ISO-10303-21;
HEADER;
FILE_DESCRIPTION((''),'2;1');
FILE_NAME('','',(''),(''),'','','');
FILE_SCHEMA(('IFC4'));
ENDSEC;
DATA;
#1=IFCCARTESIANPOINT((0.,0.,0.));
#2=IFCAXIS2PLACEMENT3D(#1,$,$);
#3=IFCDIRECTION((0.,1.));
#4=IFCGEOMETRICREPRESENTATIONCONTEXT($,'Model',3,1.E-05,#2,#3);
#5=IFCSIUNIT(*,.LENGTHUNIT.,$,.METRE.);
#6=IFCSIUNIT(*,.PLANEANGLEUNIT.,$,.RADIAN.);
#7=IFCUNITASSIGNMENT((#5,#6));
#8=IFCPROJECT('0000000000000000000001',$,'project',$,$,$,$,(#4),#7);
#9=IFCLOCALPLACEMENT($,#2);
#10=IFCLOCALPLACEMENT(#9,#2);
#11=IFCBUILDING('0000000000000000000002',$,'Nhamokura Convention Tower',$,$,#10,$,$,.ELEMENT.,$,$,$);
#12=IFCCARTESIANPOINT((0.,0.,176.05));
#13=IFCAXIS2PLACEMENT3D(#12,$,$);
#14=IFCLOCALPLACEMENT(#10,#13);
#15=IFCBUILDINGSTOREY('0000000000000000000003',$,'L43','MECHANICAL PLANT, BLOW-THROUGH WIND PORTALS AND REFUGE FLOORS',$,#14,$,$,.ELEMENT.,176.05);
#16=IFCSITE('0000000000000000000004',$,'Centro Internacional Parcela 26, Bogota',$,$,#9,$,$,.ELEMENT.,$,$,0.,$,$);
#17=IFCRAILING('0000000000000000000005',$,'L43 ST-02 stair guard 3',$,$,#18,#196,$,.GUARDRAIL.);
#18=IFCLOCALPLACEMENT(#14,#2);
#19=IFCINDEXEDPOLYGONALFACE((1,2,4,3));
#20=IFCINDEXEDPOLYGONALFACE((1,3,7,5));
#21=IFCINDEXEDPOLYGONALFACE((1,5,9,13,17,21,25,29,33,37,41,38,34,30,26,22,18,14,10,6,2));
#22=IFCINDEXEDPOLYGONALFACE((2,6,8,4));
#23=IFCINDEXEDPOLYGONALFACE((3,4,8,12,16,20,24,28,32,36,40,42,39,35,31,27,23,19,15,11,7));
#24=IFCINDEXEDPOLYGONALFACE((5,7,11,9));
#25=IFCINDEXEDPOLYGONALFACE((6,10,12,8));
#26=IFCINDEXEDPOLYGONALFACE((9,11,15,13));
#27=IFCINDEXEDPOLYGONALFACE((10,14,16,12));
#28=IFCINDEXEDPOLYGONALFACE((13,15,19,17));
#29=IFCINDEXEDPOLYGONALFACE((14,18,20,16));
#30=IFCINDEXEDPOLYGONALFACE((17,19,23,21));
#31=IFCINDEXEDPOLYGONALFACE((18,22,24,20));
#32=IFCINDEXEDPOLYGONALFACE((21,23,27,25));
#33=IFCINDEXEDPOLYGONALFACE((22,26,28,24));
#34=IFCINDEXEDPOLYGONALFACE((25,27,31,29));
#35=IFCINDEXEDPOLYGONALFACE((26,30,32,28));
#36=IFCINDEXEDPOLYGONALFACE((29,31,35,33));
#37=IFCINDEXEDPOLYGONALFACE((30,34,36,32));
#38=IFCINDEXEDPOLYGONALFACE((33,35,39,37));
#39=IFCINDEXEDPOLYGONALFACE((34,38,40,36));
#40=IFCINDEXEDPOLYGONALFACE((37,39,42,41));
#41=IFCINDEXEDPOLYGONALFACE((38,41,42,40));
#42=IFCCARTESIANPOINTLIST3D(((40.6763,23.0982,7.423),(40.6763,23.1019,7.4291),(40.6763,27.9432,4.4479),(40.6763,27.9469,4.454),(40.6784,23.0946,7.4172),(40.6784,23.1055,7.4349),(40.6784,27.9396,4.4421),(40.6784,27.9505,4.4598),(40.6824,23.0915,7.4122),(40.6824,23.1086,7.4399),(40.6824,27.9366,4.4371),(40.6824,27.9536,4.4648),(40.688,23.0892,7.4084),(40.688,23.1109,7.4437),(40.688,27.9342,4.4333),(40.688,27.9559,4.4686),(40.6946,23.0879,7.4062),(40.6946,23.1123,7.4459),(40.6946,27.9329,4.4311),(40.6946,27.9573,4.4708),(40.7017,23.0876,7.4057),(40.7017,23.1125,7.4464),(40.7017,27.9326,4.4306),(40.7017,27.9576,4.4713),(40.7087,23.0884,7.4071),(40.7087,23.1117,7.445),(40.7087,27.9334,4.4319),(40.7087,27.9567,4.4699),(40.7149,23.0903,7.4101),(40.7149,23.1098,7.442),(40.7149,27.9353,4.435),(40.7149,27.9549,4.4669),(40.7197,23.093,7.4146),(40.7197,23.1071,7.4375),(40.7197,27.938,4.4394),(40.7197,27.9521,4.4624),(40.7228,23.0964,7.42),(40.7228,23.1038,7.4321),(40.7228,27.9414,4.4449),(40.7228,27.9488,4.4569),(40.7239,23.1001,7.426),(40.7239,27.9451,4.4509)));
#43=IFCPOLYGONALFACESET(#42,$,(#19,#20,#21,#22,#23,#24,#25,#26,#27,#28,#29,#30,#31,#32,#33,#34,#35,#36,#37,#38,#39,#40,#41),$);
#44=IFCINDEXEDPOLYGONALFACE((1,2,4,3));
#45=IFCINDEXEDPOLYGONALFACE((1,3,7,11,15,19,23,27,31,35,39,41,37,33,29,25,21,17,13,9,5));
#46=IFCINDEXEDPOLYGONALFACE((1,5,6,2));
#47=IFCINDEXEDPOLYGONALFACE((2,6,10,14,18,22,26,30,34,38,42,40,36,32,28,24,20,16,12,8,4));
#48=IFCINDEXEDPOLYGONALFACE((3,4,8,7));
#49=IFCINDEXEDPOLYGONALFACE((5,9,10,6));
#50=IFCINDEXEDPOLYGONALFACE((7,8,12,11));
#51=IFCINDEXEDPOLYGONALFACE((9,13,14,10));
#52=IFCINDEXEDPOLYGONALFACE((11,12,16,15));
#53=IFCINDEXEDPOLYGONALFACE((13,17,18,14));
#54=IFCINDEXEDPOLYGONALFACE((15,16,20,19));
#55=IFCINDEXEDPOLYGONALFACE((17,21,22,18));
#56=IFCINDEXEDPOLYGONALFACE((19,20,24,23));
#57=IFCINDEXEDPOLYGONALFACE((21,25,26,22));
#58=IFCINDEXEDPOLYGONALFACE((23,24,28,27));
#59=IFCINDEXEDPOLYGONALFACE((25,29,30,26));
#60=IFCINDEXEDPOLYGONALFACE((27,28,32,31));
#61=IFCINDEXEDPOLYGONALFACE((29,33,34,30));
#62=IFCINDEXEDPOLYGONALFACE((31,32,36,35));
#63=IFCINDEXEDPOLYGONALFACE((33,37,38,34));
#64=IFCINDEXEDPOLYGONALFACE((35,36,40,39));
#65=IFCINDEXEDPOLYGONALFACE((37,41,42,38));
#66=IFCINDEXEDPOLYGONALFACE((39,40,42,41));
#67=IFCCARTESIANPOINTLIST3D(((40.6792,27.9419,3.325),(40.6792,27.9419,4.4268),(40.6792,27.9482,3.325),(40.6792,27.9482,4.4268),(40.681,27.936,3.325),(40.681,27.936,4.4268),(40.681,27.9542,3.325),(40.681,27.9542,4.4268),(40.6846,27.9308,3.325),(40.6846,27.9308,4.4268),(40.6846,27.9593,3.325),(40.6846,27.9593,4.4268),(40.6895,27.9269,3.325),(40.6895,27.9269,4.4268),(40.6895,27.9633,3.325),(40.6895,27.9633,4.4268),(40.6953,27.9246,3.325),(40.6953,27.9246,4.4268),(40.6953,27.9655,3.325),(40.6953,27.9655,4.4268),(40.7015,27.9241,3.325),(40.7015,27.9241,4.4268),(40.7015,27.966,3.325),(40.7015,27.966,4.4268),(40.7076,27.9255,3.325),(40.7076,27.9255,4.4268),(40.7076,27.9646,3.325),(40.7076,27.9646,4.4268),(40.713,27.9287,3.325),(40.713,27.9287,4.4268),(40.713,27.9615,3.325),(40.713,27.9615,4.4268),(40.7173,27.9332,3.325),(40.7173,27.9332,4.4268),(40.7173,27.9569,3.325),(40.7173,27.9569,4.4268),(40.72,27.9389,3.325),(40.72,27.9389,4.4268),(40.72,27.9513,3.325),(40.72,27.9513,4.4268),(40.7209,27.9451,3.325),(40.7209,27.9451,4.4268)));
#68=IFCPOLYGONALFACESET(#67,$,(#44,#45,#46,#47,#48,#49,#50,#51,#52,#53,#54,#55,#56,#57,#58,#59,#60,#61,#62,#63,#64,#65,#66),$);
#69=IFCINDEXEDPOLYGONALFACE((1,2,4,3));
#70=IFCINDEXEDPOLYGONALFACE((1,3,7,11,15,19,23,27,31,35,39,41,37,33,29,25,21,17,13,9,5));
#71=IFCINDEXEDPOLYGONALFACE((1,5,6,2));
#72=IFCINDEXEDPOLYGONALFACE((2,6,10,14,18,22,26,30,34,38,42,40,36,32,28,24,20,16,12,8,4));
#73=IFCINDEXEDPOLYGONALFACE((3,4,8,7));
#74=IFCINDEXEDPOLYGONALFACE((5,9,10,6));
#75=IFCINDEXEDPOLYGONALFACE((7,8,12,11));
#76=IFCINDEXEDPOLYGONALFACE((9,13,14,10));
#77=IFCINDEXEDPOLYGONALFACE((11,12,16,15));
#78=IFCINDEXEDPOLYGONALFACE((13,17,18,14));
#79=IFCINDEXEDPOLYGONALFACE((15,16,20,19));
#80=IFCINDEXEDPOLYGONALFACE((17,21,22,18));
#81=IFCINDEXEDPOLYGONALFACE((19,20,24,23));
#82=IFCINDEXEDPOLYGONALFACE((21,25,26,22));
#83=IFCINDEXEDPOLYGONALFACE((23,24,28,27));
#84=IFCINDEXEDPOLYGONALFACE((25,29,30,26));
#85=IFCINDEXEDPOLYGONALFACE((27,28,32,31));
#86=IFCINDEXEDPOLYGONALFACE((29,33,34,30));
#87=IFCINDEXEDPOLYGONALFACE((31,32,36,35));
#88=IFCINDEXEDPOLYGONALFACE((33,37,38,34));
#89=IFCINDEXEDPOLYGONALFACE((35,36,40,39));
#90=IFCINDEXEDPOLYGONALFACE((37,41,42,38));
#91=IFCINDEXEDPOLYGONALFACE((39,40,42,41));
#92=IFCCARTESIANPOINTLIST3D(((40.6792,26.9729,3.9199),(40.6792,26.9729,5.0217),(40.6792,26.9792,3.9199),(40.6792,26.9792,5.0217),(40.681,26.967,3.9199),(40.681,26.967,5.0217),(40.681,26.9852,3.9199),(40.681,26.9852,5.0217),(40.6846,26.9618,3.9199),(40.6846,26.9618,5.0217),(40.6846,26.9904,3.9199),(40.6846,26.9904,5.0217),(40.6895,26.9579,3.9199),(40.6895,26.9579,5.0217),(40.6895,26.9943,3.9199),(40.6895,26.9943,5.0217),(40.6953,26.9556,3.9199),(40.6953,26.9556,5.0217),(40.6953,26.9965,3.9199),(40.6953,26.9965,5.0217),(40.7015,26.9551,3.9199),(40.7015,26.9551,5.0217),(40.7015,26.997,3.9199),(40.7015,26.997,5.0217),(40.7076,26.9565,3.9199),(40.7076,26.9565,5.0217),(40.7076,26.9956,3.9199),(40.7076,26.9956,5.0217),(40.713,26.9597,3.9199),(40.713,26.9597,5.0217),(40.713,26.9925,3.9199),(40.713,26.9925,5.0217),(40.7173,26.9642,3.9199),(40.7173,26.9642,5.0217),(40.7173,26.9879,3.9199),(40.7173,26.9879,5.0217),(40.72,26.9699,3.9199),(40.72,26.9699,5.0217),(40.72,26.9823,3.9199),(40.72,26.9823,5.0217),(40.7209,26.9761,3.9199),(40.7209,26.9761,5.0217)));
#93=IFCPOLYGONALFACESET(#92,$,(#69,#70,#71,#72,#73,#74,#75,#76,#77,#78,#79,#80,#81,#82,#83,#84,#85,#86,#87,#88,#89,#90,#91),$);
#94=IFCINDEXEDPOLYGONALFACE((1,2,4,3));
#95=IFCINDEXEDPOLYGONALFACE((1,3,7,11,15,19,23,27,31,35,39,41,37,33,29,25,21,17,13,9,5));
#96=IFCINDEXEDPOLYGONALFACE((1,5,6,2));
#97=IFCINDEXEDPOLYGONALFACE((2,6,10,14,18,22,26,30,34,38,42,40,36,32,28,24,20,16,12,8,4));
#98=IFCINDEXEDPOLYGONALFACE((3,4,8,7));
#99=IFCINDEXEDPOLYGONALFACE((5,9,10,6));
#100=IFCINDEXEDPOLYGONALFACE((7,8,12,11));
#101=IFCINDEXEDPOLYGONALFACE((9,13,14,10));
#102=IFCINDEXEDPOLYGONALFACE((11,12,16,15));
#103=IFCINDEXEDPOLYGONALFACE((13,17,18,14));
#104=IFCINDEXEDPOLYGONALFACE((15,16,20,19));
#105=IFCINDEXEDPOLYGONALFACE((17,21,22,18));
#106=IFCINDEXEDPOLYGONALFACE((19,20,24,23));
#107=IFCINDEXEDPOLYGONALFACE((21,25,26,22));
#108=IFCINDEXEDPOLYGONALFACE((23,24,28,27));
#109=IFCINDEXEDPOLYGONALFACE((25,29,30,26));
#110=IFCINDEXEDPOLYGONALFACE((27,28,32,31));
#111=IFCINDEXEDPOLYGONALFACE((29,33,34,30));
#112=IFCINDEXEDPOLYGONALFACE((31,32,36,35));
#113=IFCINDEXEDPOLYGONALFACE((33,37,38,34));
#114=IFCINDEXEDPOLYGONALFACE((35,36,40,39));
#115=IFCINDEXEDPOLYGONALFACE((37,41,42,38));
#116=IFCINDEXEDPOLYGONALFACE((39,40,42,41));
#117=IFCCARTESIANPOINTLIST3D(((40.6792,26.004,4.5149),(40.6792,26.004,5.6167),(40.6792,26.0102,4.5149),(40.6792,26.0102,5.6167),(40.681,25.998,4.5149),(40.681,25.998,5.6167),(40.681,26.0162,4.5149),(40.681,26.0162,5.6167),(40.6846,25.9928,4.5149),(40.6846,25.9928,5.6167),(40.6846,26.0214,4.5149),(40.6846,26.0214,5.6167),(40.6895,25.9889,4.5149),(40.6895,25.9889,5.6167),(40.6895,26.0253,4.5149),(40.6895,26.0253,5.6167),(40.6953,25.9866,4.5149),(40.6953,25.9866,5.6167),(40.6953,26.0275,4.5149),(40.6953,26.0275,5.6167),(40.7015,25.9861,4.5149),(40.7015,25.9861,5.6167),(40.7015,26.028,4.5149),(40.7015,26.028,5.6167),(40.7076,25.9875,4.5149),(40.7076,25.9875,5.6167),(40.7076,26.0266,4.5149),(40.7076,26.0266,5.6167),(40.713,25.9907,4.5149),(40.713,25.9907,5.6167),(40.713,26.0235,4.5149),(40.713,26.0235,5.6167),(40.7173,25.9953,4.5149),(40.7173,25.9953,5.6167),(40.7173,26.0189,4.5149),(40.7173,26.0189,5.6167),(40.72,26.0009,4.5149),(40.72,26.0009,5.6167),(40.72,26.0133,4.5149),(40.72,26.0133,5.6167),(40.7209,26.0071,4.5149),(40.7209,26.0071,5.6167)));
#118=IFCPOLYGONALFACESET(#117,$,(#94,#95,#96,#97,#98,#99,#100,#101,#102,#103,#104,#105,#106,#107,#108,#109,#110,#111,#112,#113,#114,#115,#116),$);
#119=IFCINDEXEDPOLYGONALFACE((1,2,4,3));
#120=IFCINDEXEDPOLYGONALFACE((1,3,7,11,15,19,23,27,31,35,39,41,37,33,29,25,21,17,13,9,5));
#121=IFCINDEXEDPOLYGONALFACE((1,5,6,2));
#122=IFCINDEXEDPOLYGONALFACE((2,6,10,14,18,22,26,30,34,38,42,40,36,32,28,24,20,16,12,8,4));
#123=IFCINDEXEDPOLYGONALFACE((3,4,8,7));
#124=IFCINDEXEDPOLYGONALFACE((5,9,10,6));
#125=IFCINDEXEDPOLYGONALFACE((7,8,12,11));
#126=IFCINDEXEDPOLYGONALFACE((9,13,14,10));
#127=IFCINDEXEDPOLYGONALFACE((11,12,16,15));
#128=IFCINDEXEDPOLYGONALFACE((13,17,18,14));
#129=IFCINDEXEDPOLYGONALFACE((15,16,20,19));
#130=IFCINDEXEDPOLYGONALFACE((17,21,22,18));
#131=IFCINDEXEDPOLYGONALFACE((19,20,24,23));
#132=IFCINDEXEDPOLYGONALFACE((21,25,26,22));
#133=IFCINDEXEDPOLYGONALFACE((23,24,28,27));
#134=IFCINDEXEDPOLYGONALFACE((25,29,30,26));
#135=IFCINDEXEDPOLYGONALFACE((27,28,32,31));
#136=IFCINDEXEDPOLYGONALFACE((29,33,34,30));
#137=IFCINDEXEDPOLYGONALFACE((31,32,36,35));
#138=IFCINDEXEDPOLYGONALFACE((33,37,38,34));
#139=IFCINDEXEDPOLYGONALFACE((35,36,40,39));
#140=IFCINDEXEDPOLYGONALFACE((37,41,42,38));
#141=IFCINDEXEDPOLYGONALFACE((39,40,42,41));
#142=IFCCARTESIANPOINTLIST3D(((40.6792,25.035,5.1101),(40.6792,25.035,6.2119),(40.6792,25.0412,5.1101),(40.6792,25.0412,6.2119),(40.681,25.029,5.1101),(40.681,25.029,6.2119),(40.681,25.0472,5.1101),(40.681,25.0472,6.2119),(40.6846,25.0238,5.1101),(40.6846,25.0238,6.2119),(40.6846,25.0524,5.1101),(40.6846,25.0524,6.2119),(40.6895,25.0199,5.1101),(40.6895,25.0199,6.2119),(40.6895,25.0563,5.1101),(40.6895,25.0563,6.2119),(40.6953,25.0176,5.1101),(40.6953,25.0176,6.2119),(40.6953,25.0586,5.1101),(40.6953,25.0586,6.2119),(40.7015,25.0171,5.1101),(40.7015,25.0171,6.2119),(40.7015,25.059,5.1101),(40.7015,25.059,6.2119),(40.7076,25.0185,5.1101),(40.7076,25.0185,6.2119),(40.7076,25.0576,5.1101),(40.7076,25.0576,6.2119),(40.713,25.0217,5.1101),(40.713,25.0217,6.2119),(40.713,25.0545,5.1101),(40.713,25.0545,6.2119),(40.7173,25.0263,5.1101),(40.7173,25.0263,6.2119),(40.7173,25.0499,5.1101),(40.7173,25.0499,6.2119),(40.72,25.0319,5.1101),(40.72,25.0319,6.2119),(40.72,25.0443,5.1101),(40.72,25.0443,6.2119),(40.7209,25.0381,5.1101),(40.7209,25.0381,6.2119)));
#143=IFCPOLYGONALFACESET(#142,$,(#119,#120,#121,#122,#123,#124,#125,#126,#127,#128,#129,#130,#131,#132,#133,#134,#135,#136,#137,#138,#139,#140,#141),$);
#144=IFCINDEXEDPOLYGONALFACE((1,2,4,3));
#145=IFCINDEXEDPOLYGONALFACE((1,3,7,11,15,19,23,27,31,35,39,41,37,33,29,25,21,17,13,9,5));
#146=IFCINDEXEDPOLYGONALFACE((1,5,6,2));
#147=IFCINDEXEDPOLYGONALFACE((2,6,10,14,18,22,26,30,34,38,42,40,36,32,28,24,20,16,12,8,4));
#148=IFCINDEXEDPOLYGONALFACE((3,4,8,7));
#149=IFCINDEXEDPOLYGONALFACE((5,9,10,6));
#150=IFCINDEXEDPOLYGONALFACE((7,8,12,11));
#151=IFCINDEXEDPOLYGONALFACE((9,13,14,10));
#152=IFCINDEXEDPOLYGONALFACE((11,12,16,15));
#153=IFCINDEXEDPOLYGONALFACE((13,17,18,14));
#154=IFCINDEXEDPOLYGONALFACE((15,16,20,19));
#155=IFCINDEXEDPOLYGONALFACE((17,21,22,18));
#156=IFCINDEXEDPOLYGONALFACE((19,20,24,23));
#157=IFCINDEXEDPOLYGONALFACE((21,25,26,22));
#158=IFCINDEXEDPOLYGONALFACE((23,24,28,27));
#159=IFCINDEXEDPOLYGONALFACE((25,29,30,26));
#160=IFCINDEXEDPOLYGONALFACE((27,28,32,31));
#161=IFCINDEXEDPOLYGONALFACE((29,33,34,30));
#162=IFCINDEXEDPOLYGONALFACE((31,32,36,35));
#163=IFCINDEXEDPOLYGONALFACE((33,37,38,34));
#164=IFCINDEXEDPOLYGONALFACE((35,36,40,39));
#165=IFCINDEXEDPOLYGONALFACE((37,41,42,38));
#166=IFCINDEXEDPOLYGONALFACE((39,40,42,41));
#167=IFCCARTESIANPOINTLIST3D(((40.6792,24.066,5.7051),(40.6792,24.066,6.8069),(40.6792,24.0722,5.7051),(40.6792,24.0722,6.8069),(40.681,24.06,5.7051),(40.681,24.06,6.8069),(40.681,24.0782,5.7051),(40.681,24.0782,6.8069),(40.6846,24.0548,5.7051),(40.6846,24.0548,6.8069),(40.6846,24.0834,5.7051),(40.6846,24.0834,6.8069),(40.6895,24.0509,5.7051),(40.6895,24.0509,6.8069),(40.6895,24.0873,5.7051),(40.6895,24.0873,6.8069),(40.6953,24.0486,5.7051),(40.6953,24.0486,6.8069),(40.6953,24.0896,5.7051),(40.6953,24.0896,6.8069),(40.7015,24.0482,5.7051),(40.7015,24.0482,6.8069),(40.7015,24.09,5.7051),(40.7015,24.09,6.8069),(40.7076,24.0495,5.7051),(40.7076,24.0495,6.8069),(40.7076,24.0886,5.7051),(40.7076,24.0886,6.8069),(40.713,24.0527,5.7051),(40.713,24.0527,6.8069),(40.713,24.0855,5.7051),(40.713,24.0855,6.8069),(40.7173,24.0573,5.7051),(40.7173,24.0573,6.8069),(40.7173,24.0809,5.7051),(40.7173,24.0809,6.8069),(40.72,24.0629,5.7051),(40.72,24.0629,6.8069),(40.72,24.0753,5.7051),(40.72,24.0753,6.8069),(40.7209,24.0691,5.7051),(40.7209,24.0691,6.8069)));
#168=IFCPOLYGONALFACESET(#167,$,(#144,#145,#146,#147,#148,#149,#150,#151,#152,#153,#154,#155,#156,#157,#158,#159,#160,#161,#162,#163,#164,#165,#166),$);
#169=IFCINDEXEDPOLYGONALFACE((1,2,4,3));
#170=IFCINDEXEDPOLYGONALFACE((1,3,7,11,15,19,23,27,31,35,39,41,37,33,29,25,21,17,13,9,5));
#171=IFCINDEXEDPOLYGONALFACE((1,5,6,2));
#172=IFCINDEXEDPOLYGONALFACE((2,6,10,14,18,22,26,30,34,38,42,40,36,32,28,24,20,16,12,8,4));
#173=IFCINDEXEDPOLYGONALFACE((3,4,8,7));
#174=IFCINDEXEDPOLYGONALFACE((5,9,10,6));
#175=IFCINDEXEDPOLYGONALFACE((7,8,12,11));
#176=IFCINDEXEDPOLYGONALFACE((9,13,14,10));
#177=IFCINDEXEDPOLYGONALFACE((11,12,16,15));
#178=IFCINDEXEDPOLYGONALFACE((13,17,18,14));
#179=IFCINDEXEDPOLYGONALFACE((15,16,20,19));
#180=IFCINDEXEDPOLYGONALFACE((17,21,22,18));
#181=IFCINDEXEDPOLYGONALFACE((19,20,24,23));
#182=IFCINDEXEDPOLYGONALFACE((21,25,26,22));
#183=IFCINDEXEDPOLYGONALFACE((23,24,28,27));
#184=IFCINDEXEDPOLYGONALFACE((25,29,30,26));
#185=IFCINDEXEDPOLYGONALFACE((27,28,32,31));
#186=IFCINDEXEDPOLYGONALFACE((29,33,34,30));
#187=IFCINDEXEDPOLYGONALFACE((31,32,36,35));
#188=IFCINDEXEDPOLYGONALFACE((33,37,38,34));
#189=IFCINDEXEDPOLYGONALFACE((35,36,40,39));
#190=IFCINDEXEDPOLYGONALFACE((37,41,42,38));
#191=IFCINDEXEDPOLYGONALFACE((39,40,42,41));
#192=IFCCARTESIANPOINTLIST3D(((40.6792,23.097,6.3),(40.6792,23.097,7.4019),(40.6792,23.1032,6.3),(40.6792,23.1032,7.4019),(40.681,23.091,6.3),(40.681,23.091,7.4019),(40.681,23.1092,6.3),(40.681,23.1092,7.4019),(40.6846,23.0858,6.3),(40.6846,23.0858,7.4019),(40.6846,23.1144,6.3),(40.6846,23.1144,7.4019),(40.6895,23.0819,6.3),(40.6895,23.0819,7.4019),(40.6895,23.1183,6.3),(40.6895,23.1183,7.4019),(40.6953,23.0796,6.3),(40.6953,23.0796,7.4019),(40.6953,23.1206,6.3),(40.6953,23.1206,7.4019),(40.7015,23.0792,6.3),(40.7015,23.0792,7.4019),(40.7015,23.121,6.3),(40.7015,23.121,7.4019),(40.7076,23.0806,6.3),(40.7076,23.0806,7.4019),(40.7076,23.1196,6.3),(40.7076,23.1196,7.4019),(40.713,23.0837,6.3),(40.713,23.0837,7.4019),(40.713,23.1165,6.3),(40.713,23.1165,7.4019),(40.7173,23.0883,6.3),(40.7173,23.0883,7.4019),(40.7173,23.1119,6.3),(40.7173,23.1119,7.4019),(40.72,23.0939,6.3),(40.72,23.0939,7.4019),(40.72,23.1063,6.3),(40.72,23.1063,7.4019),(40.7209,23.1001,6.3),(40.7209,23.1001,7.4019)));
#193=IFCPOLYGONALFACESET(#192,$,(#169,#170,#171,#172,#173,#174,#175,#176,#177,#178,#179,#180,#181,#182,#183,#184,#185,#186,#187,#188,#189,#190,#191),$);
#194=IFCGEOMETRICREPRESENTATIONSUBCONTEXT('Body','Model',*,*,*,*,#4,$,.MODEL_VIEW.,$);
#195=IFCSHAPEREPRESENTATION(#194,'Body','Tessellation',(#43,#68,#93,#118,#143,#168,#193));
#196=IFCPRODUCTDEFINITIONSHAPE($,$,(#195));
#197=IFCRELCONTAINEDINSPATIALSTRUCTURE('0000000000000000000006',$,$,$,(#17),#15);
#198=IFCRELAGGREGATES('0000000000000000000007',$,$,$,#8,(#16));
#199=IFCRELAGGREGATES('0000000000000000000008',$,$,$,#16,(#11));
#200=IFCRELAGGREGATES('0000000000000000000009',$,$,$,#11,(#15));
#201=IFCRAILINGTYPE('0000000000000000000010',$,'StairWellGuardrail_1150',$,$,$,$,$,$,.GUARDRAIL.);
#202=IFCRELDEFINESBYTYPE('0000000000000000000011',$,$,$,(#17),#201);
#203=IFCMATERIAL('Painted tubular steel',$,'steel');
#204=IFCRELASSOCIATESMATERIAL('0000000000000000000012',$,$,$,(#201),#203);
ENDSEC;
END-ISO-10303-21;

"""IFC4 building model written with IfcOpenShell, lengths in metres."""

from ifc_helpers import new_model, si_unit, direction, frame, origin, origin_2d, place, context, subcontext, project, spatial, circle, extrude, material, type_object, element, save


model = new_model("IFC4")

# Units and contexts
model_context = context("Model", 3, precision=1e-05, world=origin(), true_north=direction((0.0, 1.0)))
body_context = subcontext(model_context, "Body", "Model", "MODEL_VIEW")
ifc_project = project(units=[si_unit("LENGTHUNIT", "METRE"), si_unit("PLANEANGLEUNIT", "RADIAN")], contexts=[model_context])

# Site, building, storey
site_placement = place(None, origin())
site = spatial("IfcSite", under=ifc_project, at=site_placement, Name="Centro Internacional Parcela 26, Bogota", CompositionType="ELEMENT", RefElevation=0.0)
building_placement = place(site_placement, origin())
building = spatial("IfcBuilding", under=site, at=building_placement, Name="Nhamokura Convention Tower", CompositionType="ELEMENT")
storey_placement = place(building_placement, frame((0.0, 0.0, 176.05)))
storey = spatial("IfcBuildingStorey", under=building, at=storey_placement, Name="L43", Description="MECHANICAL PLANT, BLOW-THROUGH WIND PORTALS AND REFUGE FLOORS", CompositionType="ELEMENT", Elevation=176.05)

# Railing
ifc_material_1 = material(Name="Painted tubular steel", Category="steel")
railing_type_1 = type_object("IfcRailingType", Name="StairWellGuardrail_1150", PredefinedType="GUARDRAIL", material=ifc_material_1)
railing_1_placement = place(storey_placement, frame((40.7, 27.9451, 3.325)))
element("IfcRailing", 1, at=railing_1_placement, inside=storey, type_object=railing_type_1, Name="L43 ST-02 stair guard 3", PredefinedType="GUARDRAIL", context=body_context, shape_type="SweptSolid", body=[
    extrude(circle(Radius=0.0239, at=origin_2d()), frame((0.0, 0.0, 1.126), z_axis=(0.0, -0.852162, 0.523278), x_axis=(1.0, 0.0, 0.0)), (0.0, 0.0, 1.0), 5.6855),
    extrude(circle(Radius=0.021, at=origin_2d()), origin(), (0.0, 0.0, 1.0), 1.1018),
    extrude(circle(Radius=0.021, at=origin_2d()), frame((0.0, -0.969, 0.595)), (0.0, 0.0, 1.0), 1.1018),
    extrude(circle(Radius=0.021, at=origin_2d()), frame((0.0, -1.938, 1.1899)), (0.0, 0.0, 1.0), 1.1018),
    extrude(circle(Radius=0.021, at=origin_2d()), frame((0.0, -2.907, 1.7852)), (0.0, 0.0, 1.0), 1.1018),
    extrude(circle(Radius=0.021, at=origin_2d()), frame((0.0, -3.876, 2.3801)), (0.0, 0.0, 1.0), 1.1018),
    extrude(circle(Radius=0.021, at=origin_2d()), frame((0.0, -4.845, 2.9751)), (0.0, 0.0, 1.0), 1.1018),
])

save(model, "model.ifc")
